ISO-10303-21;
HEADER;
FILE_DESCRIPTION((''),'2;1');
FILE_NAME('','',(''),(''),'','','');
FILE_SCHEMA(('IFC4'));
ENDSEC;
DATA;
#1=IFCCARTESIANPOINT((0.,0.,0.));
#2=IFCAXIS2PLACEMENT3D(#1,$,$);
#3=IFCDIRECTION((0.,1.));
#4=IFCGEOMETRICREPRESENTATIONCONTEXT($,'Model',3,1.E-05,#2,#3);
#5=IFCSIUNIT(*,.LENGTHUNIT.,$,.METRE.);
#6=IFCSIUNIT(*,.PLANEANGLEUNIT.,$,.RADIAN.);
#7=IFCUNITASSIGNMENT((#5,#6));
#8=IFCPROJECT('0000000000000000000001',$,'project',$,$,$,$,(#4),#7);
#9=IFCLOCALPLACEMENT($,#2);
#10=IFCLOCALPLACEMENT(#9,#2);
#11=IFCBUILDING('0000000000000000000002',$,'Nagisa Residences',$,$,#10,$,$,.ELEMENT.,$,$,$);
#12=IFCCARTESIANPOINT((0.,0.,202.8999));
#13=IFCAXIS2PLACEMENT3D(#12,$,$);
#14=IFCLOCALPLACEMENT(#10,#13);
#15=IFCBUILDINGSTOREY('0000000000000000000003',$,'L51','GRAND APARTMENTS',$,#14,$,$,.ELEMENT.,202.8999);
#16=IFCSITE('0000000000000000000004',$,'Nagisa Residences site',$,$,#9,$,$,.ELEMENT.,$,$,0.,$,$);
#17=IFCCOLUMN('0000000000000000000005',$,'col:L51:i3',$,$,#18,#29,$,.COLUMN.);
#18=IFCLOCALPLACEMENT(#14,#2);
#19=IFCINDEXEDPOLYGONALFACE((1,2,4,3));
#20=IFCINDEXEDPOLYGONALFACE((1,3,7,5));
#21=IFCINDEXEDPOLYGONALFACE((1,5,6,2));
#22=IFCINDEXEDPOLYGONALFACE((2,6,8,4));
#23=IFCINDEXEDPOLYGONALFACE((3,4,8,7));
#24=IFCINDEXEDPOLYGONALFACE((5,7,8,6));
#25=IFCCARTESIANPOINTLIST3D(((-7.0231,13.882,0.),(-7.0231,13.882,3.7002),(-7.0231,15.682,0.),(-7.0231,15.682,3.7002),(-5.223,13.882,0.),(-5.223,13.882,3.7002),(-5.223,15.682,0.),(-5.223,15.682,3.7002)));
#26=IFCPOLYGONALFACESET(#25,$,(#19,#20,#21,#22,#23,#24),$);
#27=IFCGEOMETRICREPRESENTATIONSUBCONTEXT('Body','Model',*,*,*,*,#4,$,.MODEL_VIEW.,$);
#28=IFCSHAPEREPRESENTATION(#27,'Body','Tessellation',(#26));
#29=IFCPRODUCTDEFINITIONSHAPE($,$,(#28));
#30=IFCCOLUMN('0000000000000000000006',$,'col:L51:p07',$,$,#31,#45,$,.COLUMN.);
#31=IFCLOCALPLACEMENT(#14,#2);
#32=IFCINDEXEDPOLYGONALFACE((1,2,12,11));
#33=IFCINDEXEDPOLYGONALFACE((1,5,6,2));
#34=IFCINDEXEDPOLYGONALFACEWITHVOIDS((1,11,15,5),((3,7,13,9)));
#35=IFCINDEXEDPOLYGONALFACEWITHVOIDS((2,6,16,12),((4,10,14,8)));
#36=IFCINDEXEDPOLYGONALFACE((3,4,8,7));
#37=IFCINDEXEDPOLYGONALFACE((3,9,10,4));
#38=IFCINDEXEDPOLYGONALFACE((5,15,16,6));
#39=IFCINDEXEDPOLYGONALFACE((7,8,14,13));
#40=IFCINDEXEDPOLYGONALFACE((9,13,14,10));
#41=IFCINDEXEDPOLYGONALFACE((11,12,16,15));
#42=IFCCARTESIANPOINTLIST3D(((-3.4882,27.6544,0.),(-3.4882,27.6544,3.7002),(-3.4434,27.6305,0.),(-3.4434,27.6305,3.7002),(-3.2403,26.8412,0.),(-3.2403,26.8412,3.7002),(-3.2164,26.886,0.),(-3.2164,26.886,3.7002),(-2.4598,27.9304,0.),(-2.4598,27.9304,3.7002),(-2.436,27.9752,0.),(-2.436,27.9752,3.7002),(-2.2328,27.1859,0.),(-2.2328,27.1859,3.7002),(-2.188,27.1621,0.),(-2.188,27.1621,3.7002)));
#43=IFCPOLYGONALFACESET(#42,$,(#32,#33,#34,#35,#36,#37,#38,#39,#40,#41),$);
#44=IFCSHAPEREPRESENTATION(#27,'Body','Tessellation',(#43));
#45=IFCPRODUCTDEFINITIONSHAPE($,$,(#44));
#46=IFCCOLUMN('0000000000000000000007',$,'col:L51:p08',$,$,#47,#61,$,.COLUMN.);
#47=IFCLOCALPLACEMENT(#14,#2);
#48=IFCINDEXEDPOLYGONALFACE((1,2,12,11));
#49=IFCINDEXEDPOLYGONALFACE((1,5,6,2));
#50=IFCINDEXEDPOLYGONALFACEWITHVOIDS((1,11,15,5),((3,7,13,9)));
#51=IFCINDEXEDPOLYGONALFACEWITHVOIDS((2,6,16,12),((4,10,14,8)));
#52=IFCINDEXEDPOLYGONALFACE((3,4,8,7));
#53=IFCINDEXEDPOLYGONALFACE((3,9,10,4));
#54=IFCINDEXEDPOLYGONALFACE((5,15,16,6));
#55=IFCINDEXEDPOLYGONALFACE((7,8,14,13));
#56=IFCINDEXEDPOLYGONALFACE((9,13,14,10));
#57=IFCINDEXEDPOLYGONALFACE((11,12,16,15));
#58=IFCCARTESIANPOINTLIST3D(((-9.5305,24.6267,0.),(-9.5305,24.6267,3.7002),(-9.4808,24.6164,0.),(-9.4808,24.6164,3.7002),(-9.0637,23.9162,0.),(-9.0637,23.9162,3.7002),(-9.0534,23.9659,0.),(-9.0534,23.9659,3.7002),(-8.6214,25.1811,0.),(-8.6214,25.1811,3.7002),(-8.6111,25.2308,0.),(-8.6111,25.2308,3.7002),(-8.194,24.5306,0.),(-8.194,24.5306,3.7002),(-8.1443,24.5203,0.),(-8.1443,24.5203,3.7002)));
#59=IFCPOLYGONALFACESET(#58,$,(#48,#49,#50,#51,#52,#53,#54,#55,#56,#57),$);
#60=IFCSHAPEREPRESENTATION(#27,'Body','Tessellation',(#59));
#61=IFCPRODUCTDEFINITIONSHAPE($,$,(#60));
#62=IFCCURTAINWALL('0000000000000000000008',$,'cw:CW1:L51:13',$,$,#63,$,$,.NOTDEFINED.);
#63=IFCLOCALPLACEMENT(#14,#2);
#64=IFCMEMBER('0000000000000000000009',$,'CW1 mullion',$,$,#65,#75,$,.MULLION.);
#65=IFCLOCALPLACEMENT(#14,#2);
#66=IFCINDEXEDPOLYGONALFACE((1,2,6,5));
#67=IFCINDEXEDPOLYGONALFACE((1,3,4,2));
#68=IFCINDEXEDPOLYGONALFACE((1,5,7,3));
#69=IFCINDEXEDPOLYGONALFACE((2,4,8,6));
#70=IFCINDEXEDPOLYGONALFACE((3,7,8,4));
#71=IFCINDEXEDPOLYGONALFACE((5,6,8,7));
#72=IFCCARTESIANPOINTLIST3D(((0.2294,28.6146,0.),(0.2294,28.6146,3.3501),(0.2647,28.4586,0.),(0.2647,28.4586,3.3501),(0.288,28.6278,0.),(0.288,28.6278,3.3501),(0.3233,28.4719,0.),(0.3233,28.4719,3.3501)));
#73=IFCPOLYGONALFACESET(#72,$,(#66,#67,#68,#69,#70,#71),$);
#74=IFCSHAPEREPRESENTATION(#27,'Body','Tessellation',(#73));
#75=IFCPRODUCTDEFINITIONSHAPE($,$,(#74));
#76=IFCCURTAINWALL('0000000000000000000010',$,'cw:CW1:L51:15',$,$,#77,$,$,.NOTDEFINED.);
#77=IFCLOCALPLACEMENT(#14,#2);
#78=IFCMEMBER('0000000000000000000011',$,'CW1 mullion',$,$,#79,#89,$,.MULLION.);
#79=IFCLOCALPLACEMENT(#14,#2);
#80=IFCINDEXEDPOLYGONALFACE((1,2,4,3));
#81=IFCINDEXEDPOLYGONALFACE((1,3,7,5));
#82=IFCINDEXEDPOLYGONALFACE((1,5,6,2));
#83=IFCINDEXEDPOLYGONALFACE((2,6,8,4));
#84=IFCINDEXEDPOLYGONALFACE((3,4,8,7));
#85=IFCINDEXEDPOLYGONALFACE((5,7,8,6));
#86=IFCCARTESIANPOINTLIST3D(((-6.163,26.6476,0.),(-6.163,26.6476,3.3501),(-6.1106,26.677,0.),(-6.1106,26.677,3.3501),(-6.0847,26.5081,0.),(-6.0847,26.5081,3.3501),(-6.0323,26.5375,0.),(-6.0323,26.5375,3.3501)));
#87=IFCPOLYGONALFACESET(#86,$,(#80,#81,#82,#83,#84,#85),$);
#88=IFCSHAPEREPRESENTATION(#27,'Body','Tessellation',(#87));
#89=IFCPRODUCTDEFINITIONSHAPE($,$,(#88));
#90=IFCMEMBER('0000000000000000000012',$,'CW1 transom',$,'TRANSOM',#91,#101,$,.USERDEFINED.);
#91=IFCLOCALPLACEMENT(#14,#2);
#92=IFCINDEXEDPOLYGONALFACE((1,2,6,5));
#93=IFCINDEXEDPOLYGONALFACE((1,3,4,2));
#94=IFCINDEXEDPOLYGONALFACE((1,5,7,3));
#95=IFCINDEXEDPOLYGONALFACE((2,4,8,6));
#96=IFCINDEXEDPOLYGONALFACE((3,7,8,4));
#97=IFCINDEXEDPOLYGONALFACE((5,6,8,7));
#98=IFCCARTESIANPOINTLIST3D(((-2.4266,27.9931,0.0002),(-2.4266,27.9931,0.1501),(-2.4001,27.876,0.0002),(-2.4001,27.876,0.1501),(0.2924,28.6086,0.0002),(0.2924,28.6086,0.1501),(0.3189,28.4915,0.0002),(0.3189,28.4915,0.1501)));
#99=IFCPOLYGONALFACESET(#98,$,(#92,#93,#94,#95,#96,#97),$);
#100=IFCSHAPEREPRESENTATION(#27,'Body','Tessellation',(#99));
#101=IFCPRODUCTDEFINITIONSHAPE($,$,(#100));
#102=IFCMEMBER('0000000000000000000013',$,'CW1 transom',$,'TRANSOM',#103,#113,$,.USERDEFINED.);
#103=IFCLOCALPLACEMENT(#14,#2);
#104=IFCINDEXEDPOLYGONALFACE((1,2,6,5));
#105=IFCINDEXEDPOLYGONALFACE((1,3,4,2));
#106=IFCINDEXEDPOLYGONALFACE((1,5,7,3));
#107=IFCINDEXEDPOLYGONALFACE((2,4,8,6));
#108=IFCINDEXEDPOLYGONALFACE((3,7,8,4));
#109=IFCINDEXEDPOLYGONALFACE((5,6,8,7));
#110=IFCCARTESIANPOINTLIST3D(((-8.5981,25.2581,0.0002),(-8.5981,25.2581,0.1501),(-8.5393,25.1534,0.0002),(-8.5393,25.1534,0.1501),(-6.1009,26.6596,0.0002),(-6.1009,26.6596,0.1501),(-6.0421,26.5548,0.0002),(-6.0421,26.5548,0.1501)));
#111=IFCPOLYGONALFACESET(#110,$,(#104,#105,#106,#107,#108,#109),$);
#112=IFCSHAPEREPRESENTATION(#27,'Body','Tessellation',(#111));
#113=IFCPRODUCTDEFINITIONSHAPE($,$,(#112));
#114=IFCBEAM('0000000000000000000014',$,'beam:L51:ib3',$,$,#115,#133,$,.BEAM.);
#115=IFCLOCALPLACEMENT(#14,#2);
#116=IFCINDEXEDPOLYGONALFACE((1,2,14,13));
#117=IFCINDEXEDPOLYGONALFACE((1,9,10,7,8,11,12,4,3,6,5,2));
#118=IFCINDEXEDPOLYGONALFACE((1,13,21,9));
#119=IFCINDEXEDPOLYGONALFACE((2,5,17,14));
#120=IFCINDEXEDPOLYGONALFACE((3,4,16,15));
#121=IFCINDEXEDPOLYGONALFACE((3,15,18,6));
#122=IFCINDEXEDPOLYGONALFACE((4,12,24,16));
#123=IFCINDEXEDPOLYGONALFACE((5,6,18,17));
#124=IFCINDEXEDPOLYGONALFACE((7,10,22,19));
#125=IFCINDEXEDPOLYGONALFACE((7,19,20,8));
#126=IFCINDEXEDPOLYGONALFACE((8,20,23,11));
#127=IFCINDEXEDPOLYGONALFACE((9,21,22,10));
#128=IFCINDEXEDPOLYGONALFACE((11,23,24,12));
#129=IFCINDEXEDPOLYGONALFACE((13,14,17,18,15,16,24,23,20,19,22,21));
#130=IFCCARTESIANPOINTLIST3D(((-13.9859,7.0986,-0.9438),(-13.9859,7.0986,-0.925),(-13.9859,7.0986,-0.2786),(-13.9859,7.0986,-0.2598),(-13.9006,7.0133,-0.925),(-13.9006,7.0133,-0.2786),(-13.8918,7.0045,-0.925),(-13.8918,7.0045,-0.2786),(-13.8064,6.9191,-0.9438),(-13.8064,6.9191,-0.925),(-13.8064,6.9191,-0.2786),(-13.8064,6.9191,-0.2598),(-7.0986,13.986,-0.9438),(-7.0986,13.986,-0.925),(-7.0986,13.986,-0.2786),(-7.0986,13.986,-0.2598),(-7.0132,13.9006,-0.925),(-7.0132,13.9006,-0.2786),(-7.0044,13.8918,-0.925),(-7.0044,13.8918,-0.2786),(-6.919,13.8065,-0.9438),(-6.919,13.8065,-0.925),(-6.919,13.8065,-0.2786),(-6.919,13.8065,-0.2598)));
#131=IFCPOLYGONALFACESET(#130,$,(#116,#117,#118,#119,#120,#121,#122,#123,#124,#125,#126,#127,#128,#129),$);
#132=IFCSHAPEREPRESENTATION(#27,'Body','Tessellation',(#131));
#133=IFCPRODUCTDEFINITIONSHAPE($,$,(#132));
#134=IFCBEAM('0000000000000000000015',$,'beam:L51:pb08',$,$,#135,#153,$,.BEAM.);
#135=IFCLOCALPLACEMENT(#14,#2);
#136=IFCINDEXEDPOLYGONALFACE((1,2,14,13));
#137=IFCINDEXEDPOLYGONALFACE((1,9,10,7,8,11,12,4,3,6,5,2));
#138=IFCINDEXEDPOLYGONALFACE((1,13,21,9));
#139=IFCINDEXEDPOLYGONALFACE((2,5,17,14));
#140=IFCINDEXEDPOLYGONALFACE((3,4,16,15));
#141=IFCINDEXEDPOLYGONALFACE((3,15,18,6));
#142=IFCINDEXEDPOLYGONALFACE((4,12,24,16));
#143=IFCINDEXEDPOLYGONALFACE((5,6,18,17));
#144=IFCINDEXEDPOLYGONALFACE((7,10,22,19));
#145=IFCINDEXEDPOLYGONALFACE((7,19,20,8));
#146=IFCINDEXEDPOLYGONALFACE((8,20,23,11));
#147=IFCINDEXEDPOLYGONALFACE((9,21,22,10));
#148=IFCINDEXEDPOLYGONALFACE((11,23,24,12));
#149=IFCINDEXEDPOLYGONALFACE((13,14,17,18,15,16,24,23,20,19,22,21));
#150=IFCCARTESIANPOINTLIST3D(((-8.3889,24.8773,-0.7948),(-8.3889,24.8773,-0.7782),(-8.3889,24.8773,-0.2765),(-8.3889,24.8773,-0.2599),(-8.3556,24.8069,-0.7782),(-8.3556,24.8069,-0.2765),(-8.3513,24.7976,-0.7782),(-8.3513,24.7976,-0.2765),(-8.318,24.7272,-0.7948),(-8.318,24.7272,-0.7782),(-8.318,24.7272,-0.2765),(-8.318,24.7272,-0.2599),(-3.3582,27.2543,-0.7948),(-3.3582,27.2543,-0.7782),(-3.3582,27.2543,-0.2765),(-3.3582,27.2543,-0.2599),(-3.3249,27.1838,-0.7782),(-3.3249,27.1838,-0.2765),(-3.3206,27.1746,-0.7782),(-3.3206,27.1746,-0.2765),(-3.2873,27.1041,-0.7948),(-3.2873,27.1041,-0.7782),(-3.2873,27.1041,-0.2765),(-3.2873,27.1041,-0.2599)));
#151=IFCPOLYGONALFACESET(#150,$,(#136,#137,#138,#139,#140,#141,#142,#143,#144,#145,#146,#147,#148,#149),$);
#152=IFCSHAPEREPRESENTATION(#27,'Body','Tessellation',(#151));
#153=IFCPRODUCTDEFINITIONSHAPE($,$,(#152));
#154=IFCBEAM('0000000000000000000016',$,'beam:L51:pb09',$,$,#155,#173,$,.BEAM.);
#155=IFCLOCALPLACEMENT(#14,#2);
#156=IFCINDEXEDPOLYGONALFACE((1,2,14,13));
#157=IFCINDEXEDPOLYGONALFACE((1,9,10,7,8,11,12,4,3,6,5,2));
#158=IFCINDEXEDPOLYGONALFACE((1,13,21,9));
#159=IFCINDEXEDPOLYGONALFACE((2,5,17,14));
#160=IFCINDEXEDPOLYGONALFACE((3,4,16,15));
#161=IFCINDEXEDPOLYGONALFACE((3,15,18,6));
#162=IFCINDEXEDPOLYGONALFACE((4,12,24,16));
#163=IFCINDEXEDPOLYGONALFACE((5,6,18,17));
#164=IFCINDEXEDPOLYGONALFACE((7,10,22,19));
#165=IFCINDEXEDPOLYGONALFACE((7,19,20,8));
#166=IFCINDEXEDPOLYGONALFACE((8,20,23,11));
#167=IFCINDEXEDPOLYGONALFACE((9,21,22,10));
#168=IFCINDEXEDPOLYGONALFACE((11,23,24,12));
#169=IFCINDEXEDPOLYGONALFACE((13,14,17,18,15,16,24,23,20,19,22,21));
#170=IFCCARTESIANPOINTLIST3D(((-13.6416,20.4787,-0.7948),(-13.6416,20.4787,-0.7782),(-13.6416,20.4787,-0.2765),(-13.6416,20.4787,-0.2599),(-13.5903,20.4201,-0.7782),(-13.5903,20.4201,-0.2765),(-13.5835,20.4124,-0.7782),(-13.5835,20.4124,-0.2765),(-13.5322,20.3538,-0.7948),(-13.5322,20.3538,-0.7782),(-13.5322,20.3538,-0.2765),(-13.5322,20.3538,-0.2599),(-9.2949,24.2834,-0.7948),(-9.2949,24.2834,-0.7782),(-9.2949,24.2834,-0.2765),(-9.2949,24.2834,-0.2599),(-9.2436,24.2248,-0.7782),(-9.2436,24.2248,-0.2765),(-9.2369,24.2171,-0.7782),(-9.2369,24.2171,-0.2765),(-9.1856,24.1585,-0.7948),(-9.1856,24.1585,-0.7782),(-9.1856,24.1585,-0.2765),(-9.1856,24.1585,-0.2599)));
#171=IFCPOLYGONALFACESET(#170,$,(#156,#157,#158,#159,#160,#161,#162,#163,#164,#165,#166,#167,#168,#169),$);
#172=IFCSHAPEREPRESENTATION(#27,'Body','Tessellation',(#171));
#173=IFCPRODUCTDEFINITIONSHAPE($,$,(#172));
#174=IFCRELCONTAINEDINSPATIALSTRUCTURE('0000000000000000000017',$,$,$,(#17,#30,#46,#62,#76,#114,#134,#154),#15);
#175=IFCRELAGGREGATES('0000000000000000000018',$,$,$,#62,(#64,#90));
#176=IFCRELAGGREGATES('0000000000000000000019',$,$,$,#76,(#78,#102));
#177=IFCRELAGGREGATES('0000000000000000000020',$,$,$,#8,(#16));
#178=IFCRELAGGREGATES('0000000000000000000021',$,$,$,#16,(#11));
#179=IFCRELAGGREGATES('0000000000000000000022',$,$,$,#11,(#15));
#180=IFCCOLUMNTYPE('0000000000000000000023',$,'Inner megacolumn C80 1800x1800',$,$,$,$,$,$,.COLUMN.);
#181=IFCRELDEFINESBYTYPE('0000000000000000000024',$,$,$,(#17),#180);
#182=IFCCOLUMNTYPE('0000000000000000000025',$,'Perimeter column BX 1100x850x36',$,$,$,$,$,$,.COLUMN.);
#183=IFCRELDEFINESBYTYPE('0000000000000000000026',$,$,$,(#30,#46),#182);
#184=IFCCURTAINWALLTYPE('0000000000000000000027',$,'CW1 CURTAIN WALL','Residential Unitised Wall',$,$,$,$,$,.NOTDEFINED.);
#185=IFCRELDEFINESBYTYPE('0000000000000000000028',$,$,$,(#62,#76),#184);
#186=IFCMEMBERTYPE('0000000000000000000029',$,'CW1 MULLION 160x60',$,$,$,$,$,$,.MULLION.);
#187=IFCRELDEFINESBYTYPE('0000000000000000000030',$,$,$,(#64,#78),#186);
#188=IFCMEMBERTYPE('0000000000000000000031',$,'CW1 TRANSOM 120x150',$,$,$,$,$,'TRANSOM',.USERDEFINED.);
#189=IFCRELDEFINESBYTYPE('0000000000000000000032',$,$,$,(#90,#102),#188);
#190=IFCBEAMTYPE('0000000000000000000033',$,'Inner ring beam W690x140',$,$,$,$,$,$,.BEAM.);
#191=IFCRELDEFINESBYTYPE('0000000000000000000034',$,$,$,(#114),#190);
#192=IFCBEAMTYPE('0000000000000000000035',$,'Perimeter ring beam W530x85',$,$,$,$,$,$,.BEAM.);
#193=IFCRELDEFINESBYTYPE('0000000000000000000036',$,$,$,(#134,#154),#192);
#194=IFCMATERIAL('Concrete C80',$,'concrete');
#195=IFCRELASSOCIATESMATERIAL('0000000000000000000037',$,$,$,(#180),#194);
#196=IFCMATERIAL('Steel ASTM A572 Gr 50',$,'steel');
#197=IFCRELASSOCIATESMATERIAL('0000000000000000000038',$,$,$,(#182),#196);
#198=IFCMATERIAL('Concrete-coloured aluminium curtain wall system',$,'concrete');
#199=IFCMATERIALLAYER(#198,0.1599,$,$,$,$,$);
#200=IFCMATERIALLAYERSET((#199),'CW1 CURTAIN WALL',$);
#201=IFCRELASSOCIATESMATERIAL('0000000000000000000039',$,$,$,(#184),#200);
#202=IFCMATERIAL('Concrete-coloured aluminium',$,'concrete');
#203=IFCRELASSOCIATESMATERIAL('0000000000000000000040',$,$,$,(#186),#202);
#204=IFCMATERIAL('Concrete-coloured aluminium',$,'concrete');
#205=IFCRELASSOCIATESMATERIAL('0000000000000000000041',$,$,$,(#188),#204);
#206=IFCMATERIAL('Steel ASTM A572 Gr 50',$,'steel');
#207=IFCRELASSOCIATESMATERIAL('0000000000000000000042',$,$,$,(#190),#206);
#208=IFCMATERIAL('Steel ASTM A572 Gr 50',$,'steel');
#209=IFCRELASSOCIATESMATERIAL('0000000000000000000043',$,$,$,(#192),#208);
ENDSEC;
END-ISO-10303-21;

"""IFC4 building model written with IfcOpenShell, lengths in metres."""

from ifc_helpers import new_model, si_unit, direction, frame, origin, origin_2d, place, context, subcontext, project, spatial, rectangle, hollow_rectangle, i_section, extrude, material, layer, layer_set, material_profile, profile_set, type_object, element, aggregate, save


model = new_model("IFC4")

# Units and contexts
model_context = context("Model", 3, precision=1e-05, world=origin(), true_north=direction((0.0, 1.0)))
body_context = subcontext(model_context, "Body", "Model", "MODEL_VIEW")
ifc_project = project(units=[si_unit("LENGTHUNIT", "METRE"), si_unit("PLANEANGLEUNIT", "RADIAN")], contexts=[model_context])

# Site, building, storey
site_placement = place(None, origin())
site = spatial("IfcSite", under=ifc_project, at=site_placement, Name="Nagisa Residences site", CompositionType="ELEMENT", RefElevation=0.0)
building_placement = place(site_placement, origin())
building = spatial("IfcBuilding", under=site, at=building_placement, Name="Nagisa Residences", CompositionType="ELEMENT")
storey_placement = place(building_placement, frame((0.0, 0.0, 202.8999)))
storey = spatial("IfcBuildingStorey", under=building, at=storey_placement, Name="L51", Description="GRAND APARTMENTS", CompositionType="ELEMENT", Elevation=202.8999)

# Columns
ifc_material_1 = material(Name="Concrete C80", Category="concrete")
ifc_material_profile_1 = material_profile(ifc_material_1, rectangle(XDim=1.8, YDim=1.8, at=origin_2d()), Name="C80 1800x1800")
ifc_profile_set_1 = profile_set([ifc_material_profile_1], Name="Concrete C80")
column_type_1 = type_object("IfcColumnType", Name="Inner megacolumn C80 1800x1800", PredefinedType="COLUMN", material=ifc_profile_set_1)
column_placement = place(storey_placement, frame((-6.123, 14.782, 0.0), z_axis=(0.0, 0.0, 1.0), x_axis=(1.0, 0.0, 0.0)))
element("IfcColumn", 1, at=column_placement, inside=storey, type_object=column_type_1, Name="col:L51:i3", PredefinedType="COLUMN", context=body_context, shape_type="SweptSolid", body=[
    extrude(rectangle(XDim=1.8, YDim=1.8, at=origin_2d()), origin(), (0.0, 0.0, 1.0), 3.7002),
])
ifc_material_2 = material(Name="Steel ASTM A572 Gr 50", Category="steel")
ifc_material_profile_2 = material_profile(ifc_material_2, hollow_rectangle(XDim=1.1001, YDim=0.8501, WallThickness=0.0359, at=origin_2d()), Name="BX 1100x850x36")
ifc_profile_set_2 = profile_set([ifc_material_profile_2], Name="Steel ASTM A572 Gr 50")
column_type_2 = type_object("IfcColumnType", Name="Perimeter column BX 1100x850x36", PredefinedType="COLUMN", material=ifc_profile_set_2)
for number, where, z_axis, x_axis, name in (
    (2, (-2.8381, 27.4082, 0.0), (0.0, 0.0, 1.0), (-0.956525, -0.291652, 0.0), "col:L51:p07"),
    (3, (-8.8374, 24.5735, 0.0), (0.0, 0.0, 1.0), (-0.835766, -0.549086, 0.0), "col:L51:p08"),
):
    element("IfcColumn", number, at=place(storey_placement, frame(where, z_axis=z_axis, x_axis=x_axis)), inside=storey, type_object=column_type_2, Name=name, PredefinedType="COLUMN", context=body_context, shape_type="SweptSolid", body=[
        extrude(hollow_rectangle(XDim=1.1001, YDim=0.8501, WallThickness=0.0359, at=origin_2d()), origin(), (0.0, 0.0, 1.0), 3.7002),
    ])

# Curtain walls, members
ifc_material_3 = material(Name="Concrete-coloured aluminium curtain wall system", Category="concrete")
ifc_layer_1 = layer(ifc_material_3, 0.1599)
ifc_layer_set_1 = layer_set([ifc_layer_1], Name="CW1 CURTAIN WALL")
curtain_wall_type = type_object("IfcCurtainWallType", Name="CW1 CURTAIN WALL", Description="Residential Unitised Wall", PredefinedType="NOTDEFINED", material=ifc_layer_set_1)
curtain_wall_1_placement = place(storey_placement, origin())
curtain_wall_1 = element("IfcCurtainWall", 4, at=curtain_wall_1_placement, inside=storey, type_object=curtain_wall_type, Name="cw:CW1:L51:13", PredefinedType="NOTDEFINED")
ifc_material_4 = material(Name="Concrete-coloured aluminium", Category="concrete")
ifc_material_profile_3 = material_profile(ifc_material_4, rectangle(XDim=0.1599, YDim=0.0601, at=origin_2d()), Name="CW1 MULLION 160x60")
ifc_profile_set_3 = profile_set([ifc_material_profile_3], Name="Concrete-coloured aluminium")
member_type_1 = type_object("IfcMemberType", Name="CW1 MULLION 160x60", PredefinedType="MULLION", material=ifc_profile_set_3)
member_1_placement = place(storey_placement, frame((0.2764, 28.5432, 0.0), z_axis=(0.0, 0.0, 1.0), x_axis=(0.220764, -0.975327, 0.0)))
member_1 = element("IfcMember", 5, at=member_1_placement, type_object=member_type_1, Name="CW1 mullion", PredefinedType="MULLION", context=body_context, shape_type="SweptSolid", body=[
    extrude(rectangle(XDim=0.1599, YDim=0.0601, at=origin_2d()), origin(), (0.0, 0.0, 1.0), 3.3501),
])
curtain_wall_2_placement = place(storey_placement, origin())
curtain_wall_2 = element("IfcCurtainWall", 6, at=curtain_wall_2_placement, inside=storey, type_object=curtain_wall_type, Name="cw:CW1:L51:15", PredefinedType="NOTDEFINED")
member_2_placement = place(storey_placement, frame((-6.0977, 26.5925, 0.0), z_axis=(0.0, 0.0, 1.0), x_axis=(0.489377, -0.872072, 0.0)))
member_2 = element("IfcMember", 7, at=member_2_placement, type_object=member_type_1, Name="CW1 mullion", PredefinedType="MULLION", context=body_context, shape_type="SweptSolid", body=[
    extrude(rectangle(XDim=0.1599, YDim=0.0601, at=origin_2d()), origin(), (0.0, 0.0, 1.0), 3.3501),
])

# Members
ifc_material_5 = material(Name="Concrete-coloured aluminium", Category="concrete")
ifc_material_profile_4 = material_profile(ifc_material_5, rectangle(XDim=0.1201, YDim=0.1499, at=origin_2d()), Name="CW1 TRANSOM 120x150")
ifc_profile_set_4 = profile_set([ifc_material_profile_4], Name="Concrete-coloured aluminium")
member_type_2 = type_object("IfcMemberType", Name="CW1 TRANSOM 120x150", ElementType="TRANSOM", PredefinedType="USERDEFINED", material=ifc_profile_set_4)
member_3_placement = place(storey_placement, frame((0.3057, 28.55, 0.0752), z_axis=(-0.975324, -0.220777, 0.0), x_axis=(0.220777, -0.975324, 0.0)))
member_3 = element("IfcMember", 8, at=member_3_placement, type_object=member_type_2, Name="CW1 transom", ObjectType="TRANSOM", PredefinedType="USERDEFINED", context=body_context, shape_type="SweptSolid", body=[
    extrude(rectangle(XDim=0.1201, YDim=0.1499, at=origin_2d()), origin(), (0.0, 0.0, 1.0), 2.7878),
])
member_4_placement = place(storey_placement, frame((-6.0715, 26.6072, 0.0752), z_axis=(-0.872058, -0.489403, 0.0), x_axis=(0.489403, -0.872058, 0.0)))
member_4 = element("IfcMember", 9, at=member_4_placement, type_object=member_type_2, Name="CW1 transom", ObjectType="TRANSOM", PredefinedType="USERDEFINED", context=body_context, shape_type="SweptSolid", body=[
    extrude(rectangle(XDim=0.1201, YDim=0.1499, at=origin_2d()), origin(), (0.0, 0.0, 1.0), 2.8635),
])

# Beams
ifc_material_6 = material(Name="Steel ASTM A572 Gr 50", Category="steel")
ifc_material_profile_5 = material_profile(ifc_material_6, i_section(OverallWidth=0.2539, OverallDepth=0.6841, WebThickness=0.0125, FlangeThickness=0.0188, at=origin_2d()), Name="W690x140")
ifc_profile_set_5 = profile_set([ifc_material_profile_5], Name="Steel ASTM A572 Gr 50")
beam_type_1 = type_object("IfcBeamType", Name="Inner ring beam W690x140", PredefinedType="BEAM", material=ifc_profile_set_5)
beam_1_placement = place(storey_placement, frame((-7.0088, 13.8962, -0.6018), z_axis=(-0.707107, -0.707107, 0.0), x_axis=(0.707107, -0.707107, 0.0)))
element("IfcBeam", 10, at=beam_1_placement, inside=storey, type_object=beam_type_1, Name="beam:L51:ib3", PredefinedType="BEAM", context=body_context, shape_type="SweptSolid", body=[
    extrude(i_section(OverallWidth=0.2539, OverallDepth=0.6841, WebThickness=0.0125, FlangeThickness=0.0188, at=origin_2d()), origin(), (0.0, 0.0, 1.0), 9.7402),
])
ifc_material_7 = material(Name="Steel ASTM A572 Gr 50", Category="steel")
ifc_material_profile_6 = material_profile(ifc_material_7, i_section(OverallWidth=0.166, OverallDepth=0.5349, WebThickness=0.0103, FlangeThickness=0.0166, at=origin_2d()), Name="W530x85")
ifc_profile_set_6 = profile_set([ifc_material_profile_6], Name="Steel ASTM A572 Gr 50")
beam_type_2 = type_object("IfcBeamType", Name="Perimeter ring beam W530x85", PredefinedType="BEAM", material=ifc_profile_set_6)
beam_2_placement = place(storey_placement, frame((-3.3228, 27.1792, -0.5273), z_axis=(-0.904157, -0.4272, 0.0), x_axis=(0.4272, -0.904157, 0.0)))
element("IfcBeam", 11, at=beam_2_placement, inside=storey, type_object=beam_type_2, Name="beam:L51:pb08", PredefinedType="BEAM", context=body_context, shape_type="SweptSolid", body=[
    extrude(i_section(OverallWidth=0.166, OverallDepth=0.5349, WebThickness=0.0103, FlangeThickness=0.0166, at=origin_2d()), origin(), (0.0, 0.0, 1.0), 5.564),
])
beam_3_placement = place(storey_placement, frame((-9.2402, 24.2209, -0.5273), z_axis=(-0.752461, -0.658636, 0.0), x_axis=(0.658636, -0.752461, 0.0)))
element("IfcBeam", 12, at=beam_3_placement, inside=storey, type_object=beam_type_2, Name="beam:L51:pb09", PredefinedType="BEAM", context=body_context, shape_type="SweptSolid", body=[
    extrude(i_section(OverallWidth=0.166, OverallDepth=0.5349, WebThickness=0.0103, FlangeThickness=0.0166, at=origin_2d()), origin(), (0.0, 0.0, 1.0), 5.7766),
])

aggregate(curtain_wall_1, [member_1, member_3])
aggregate(curtain_wall_2, [member_2, member_4])

save(model, "model.ifc")
